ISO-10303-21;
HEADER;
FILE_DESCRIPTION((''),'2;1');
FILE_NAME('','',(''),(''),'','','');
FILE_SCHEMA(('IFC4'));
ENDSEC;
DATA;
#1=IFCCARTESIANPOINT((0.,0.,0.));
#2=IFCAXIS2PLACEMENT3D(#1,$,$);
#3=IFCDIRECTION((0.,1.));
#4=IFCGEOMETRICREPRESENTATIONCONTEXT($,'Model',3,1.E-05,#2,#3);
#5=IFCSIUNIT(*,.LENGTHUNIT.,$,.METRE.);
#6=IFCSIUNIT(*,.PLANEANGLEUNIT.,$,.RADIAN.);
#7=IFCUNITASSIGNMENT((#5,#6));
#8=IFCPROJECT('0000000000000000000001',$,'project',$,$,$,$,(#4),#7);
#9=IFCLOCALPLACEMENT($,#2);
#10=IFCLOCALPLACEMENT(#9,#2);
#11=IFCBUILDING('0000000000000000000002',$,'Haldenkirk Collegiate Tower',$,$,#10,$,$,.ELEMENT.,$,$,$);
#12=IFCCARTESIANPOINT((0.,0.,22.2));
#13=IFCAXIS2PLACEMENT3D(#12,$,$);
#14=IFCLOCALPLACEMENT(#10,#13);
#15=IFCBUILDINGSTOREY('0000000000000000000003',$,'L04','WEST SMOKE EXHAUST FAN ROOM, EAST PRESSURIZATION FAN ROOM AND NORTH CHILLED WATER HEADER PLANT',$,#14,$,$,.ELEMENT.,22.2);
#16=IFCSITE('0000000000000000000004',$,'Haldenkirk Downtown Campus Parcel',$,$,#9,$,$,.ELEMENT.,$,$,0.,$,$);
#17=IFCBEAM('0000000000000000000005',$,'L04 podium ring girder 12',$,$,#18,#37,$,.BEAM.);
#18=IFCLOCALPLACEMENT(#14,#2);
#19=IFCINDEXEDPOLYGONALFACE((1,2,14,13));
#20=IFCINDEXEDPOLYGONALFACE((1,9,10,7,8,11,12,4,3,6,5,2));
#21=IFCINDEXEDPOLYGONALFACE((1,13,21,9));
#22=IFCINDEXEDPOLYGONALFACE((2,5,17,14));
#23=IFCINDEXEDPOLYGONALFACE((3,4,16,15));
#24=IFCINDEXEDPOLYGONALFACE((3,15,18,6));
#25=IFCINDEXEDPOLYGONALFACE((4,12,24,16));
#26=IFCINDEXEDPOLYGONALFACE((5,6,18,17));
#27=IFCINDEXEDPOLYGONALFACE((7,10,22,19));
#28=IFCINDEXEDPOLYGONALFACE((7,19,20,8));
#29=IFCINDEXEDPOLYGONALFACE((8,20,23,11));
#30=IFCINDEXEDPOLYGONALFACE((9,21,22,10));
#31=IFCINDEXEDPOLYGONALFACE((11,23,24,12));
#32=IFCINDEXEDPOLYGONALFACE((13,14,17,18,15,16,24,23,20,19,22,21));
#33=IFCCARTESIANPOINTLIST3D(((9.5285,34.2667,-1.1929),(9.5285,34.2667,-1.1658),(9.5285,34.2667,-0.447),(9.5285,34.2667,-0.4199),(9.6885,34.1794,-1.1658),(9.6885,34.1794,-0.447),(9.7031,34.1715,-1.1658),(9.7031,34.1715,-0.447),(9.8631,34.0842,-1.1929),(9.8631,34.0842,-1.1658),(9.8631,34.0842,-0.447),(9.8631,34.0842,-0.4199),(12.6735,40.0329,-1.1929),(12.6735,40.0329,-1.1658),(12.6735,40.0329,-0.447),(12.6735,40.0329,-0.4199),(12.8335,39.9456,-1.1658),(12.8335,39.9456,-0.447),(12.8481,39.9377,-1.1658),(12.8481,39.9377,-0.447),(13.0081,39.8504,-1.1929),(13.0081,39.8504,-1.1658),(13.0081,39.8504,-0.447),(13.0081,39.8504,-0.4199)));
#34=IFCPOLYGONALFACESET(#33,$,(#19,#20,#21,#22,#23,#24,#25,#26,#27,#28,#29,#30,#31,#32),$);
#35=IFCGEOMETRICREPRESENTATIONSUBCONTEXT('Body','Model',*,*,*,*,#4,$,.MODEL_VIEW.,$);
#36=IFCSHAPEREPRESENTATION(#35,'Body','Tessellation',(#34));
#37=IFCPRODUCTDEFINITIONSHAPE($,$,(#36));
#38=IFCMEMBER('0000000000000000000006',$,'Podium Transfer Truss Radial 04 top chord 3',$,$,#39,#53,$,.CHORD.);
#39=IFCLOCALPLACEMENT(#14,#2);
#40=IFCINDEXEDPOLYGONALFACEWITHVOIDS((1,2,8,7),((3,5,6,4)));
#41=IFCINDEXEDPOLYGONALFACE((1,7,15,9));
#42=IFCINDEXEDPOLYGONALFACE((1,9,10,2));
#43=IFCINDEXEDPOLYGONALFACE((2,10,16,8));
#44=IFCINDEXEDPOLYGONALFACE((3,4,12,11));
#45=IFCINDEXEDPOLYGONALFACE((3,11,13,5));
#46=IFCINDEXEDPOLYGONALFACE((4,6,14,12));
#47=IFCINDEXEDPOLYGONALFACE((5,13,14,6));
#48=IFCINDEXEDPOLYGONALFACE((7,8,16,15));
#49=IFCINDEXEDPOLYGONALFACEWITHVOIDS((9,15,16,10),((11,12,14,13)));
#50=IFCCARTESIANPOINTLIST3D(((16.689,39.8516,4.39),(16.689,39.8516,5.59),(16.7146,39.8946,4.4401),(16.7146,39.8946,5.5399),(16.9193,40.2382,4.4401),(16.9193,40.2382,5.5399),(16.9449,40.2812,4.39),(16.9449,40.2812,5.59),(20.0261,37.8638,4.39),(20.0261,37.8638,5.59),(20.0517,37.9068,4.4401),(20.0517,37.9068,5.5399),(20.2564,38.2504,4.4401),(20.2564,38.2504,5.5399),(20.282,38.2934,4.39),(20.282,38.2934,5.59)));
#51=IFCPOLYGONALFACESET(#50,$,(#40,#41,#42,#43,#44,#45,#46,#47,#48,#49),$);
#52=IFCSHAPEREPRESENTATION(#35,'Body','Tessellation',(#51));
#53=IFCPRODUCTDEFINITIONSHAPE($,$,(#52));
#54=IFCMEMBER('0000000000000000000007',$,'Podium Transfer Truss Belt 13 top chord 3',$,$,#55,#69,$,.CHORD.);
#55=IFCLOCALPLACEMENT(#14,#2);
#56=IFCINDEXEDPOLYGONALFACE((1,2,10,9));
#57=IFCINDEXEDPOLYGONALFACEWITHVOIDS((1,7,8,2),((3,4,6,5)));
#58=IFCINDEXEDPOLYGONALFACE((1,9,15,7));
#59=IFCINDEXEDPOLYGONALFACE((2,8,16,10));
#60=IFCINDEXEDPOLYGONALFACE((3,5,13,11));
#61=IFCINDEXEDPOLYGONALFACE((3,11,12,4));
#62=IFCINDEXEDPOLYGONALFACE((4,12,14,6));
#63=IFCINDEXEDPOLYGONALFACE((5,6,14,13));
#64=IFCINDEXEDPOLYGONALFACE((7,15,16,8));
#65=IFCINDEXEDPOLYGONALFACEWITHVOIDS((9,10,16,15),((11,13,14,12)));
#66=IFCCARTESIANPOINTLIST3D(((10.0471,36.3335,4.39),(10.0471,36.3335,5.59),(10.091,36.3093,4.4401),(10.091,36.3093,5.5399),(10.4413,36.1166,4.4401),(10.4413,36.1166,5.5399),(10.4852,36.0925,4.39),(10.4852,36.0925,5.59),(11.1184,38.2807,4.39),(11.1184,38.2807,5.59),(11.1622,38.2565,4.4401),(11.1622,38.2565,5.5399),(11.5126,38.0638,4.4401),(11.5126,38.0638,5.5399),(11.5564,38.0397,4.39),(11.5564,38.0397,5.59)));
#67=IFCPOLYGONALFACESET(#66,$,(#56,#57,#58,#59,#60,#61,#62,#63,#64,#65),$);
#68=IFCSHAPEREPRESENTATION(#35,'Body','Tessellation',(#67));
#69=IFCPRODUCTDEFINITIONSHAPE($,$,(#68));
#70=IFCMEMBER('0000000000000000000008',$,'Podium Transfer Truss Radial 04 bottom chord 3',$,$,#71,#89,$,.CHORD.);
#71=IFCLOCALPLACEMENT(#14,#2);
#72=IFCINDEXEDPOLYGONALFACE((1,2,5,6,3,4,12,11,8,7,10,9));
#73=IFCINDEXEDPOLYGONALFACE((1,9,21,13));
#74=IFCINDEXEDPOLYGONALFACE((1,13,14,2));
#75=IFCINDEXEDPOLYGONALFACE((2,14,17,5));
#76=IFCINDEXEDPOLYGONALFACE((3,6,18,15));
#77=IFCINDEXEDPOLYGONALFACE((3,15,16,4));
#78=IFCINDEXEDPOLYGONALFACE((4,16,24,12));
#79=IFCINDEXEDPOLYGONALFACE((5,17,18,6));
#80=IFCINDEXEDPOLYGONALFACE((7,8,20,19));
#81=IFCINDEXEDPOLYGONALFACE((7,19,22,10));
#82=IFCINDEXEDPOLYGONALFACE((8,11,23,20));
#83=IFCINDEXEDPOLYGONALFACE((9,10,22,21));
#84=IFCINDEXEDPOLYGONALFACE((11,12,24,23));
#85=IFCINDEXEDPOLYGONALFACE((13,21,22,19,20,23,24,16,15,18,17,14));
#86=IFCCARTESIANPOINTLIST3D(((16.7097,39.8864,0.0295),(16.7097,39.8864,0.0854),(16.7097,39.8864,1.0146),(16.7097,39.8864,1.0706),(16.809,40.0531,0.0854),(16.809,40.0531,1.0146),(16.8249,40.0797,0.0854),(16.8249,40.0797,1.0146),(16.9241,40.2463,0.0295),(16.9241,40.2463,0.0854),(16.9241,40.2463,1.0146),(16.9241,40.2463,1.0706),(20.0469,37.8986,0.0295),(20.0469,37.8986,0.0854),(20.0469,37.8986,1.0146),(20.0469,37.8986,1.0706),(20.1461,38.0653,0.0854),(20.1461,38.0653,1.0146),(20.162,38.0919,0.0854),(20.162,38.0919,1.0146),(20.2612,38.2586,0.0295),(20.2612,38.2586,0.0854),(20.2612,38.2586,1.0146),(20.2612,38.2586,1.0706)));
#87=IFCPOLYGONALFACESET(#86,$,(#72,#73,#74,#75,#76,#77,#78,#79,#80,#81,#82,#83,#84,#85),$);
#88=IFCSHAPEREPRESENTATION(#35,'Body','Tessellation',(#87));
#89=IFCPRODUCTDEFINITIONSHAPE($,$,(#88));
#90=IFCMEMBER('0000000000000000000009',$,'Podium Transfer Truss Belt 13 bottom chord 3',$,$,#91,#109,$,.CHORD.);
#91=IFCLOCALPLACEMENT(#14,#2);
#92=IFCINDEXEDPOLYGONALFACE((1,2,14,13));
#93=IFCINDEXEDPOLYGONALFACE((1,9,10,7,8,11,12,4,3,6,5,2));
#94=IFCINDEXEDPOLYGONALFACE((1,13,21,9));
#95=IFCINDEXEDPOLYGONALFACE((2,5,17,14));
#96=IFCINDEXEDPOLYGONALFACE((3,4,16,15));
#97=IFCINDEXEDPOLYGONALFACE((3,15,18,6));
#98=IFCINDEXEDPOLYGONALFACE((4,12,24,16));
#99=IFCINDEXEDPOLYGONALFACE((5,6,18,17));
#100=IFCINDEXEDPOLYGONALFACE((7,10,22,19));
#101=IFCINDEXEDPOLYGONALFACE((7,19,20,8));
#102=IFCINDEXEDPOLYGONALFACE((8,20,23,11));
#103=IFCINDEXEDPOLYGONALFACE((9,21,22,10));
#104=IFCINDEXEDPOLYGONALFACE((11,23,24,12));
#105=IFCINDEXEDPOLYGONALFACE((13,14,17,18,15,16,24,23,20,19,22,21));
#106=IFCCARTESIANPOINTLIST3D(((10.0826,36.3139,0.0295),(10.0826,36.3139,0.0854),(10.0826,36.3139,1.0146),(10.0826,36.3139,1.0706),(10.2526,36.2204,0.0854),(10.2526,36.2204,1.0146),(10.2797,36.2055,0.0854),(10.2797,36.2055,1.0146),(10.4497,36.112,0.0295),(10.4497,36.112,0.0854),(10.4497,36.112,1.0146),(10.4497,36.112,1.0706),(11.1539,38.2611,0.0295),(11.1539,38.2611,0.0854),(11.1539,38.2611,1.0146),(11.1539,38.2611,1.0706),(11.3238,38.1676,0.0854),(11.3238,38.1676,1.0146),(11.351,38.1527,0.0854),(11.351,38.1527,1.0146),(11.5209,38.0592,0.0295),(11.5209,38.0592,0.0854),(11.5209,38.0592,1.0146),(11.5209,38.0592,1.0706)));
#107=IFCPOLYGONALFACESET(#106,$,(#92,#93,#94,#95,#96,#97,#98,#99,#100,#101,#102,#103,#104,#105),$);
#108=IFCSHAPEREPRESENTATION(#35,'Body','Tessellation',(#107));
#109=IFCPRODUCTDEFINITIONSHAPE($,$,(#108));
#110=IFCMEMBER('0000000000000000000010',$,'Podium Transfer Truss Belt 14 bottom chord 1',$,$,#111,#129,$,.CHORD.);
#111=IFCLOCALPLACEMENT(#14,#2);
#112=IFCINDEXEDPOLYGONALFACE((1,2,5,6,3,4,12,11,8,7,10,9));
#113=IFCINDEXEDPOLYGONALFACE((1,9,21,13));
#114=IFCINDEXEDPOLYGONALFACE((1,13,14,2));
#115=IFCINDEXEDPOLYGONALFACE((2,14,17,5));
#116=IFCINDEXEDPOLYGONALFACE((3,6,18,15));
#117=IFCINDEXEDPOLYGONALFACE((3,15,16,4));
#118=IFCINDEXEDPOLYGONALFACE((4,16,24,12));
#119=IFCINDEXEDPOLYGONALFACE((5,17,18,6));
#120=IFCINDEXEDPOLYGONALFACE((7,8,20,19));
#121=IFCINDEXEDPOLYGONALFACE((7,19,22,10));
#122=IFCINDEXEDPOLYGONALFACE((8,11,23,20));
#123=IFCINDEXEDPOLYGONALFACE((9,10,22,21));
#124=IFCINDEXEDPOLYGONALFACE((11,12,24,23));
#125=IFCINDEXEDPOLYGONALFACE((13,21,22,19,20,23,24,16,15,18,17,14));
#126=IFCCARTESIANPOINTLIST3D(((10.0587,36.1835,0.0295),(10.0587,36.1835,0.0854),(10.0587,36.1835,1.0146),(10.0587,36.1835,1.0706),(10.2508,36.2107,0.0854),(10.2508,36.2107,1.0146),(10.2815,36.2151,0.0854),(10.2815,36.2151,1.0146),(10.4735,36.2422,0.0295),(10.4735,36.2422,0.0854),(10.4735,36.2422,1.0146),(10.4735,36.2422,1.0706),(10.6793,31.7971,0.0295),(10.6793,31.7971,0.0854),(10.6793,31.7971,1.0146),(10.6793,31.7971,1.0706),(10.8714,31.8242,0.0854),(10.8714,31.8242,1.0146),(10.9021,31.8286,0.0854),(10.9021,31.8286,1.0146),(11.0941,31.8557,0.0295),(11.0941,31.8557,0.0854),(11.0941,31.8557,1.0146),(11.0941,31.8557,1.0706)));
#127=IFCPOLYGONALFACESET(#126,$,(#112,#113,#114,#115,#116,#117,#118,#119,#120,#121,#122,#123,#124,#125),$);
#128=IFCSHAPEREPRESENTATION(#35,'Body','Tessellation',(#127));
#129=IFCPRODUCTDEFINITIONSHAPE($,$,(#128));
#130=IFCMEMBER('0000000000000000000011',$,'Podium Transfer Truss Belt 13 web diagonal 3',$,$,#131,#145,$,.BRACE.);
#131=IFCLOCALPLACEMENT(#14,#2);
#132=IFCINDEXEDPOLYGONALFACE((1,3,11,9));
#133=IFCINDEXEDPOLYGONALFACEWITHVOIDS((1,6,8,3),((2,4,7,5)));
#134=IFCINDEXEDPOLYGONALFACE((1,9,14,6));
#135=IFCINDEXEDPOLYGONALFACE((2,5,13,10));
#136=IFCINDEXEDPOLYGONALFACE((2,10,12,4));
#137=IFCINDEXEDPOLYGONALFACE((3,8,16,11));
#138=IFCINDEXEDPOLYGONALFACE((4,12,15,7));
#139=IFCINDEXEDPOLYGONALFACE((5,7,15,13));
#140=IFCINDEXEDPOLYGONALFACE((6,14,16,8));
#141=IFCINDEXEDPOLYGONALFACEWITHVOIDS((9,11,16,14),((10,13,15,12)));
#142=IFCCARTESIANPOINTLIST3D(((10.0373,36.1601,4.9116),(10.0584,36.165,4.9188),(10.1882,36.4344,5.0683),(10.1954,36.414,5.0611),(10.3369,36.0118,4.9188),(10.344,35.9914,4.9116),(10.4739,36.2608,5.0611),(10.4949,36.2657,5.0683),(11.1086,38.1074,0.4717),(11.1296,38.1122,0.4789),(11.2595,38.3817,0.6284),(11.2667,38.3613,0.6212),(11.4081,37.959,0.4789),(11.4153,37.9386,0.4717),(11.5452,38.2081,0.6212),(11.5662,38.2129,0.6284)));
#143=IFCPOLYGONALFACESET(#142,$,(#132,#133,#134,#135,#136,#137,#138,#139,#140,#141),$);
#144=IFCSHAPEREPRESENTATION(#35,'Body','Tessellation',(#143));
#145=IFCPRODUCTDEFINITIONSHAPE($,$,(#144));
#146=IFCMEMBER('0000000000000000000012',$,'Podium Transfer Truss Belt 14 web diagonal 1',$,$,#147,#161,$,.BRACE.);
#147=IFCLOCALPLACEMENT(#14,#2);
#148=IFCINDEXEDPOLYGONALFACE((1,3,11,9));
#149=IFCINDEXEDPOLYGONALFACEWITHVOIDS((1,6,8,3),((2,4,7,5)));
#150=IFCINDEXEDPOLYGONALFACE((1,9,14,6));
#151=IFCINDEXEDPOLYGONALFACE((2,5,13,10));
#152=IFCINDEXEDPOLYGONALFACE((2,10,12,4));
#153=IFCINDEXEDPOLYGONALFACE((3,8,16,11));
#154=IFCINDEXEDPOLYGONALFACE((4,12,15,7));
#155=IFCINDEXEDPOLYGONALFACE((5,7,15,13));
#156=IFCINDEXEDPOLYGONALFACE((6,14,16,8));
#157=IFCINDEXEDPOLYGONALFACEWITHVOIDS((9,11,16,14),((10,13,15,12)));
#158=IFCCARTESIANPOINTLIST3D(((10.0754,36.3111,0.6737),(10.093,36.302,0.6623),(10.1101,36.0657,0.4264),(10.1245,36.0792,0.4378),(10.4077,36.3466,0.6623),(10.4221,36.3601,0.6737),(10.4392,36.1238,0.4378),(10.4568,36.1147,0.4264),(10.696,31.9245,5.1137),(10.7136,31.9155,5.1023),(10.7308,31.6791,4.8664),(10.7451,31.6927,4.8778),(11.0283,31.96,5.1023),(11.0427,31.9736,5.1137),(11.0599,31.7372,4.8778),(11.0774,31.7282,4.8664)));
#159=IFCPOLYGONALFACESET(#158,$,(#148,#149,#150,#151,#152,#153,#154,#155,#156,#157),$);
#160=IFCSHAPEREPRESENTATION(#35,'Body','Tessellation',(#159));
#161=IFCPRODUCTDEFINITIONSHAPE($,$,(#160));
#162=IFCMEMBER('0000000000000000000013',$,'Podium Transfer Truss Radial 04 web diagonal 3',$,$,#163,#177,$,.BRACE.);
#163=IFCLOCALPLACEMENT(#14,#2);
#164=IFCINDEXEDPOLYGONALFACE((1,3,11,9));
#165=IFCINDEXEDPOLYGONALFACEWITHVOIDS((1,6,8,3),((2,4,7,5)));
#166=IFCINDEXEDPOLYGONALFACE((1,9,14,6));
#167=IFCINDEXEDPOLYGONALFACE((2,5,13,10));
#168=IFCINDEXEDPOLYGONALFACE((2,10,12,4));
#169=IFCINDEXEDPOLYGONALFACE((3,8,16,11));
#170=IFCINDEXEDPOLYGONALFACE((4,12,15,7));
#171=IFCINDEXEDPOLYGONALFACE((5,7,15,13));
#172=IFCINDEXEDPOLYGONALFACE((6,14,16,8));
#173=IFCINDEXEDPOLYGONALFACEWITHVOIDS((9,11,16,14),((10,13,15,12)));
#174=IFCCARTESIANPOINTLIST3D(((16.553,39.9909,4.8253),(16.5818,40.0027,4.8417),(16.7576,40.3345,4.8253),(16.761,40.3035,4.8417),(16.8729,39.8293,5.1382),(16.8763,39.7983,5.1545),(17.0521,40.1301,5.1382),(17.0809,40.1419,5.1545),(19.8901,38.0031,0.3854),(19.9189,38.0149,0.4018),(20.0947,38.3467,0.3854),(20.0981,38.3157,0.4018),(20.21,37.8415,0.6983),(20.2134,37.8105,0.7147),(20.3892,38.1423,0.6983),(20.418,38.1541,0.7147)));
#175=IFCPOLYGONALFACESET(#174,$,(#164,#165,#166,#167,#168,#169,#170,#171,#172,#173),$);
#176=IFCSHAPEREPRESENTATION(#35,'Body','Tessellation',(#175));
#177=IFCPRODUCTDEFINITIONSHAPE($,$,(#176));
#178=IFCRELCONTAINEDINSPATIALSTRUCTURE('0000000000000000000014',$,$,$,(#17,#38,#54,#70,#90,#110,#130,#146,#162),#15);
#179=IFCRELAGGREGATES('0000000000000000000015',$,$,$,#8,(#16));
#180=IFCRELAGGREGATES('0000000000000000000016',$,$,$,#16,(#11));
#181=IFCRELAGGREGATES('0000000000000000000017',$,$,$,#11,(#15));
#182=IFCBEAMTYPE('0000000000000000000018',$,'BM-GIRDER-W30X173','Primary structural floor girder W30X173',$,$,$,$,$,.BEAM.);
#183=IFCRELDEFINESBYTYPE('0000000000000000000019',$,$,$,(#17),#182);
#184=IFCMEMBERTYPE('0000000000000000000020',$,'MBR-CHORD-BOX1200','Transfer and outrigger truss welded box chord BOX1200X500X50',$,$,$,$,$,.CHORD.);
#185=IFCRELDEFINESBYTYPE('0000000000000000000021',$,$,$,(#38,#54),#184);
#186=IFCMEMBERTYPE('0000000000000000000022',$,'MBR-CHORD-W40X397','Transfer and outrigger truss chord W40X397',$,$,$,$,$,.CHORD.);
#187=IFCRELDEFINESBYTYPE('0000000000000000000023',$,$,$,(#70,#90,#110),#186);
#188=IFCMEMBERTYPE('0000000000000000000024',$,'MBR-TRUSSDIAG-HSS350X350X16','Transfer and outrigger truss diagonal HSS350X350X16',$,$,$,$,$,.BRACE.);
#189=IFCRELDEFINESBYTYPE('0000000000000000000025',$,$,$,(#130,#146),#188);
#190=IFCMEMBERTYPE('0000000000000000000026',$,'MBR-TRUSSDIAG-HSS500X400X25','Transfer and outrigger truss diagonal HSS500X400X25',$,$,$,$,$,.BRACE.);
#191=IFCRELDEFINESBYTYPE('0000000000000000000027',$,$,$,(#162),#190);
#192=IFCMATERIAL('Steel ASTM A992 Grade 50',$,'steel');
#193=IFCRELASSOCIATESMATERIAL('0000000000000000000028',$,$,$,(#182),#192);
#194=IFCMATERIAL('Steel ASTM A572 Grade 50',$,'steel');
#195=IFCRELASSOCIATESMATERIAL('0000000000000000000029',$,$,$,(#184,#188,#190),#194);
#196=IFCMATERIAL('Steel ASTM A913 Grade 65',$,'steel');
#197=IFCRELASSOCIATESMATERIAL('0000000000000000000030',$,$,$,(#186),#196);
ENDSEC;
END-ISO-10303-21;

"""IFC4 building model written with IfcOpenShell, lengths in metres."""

from ifc_helpers import new_model, si_unit, direction, frame, origin, origin_2d, place, context, subcontext, project, spatial, hollow_rectangle, i_section, extrude, material, material_profile, profile_set, type_object, element, save


model = new_model("IFC4")

# Units and contexts
model_context = context("Model", 3, precision=1e-05, world=origin(), true_north=direction((0.0, 1.0)))
body_context = subcontext(model_context, "Body", "Model", "MODEL_VIEW")
ifc_project = project(units=[si_unit("LENGTHUNIT", "METRE"), si_unit("PLANEANGLEUNIT", "RADIAN")], contexts=[model_context])

# Site, building, storey
site_placement = place(None, origin())
site = spatial("IfcSite", under=ifc_project, at=site_placement, Name="Haldenkirk Downtown Campus Parcel", CompositionType="ELEMENT", RefElevation=0.0)
building_placement = place(site_placement, origin())
building = spatial("IfcBuilding", under=site, at=building_placement, Name="Haldenkirk Collegiate Tower", CompositionType="ELEMENT")
storey_placement = place(building_placement, frame((0.0, 0.0, 22.2)))
storey = spatial("IfcBuildingStorey", under=building, at=storey_placement, Name="L04", Description="WEST SMOKE EXHAUST FAN ROOM, EAST PRESSURIZATION FAN ROOM AND NORTH CHILLED WATER HEADER PLANT", CompositionType="ELEMENT", Elevation=22.2)

# Beam
ifc_material_1 = material(Name="Steel ASTM A992 Grade 50", Category="steel")
ifc_material_profile_1 = material_profile(ifc_material_1, i_section(OverallWidth=0.3811, OverallDepth=0.7729, WebThickness=0.0166, FlangeThickness=0.0271, at=origin_2d()), Name="W30X173")
ifc_profile_set_1 = profile_set([ifc_material_profile_1], Name="Steel ASTM A992 Grade 50")
beam_type = type_object("IfcBeamType", Name="BM-GIRDER-W30X173", Description="Primary structural floor girder W30X173", PredefinedType="BEAM", material=ifc_profile_set_1)
beam_placement = place(storey_placement, frame((12.8408, 39.9417, -0.8064), z_axis=(-0.478837, -0.877904, 0.0), x_axis=(0.877904, -0.478837, 0.0)))
element("IfcBeam", 1, at=beam_placement, inside=storey, type_object=beam_type, Name="L04 podium ring girder 12", PredefinedType="BEAM", context=body_context, shape_type="SweptSolid", body=[
    extrude(i_section(OverallWidth=0.3811, OverallDepth=0.7729, WebThickness=0.0166, FlangeThickness=0.0271, at=origin_2d()), origin(), (0.0, 0.0, 1.0), 6.5681),
])

# Members
ifc_material_2 = material(Name="Steel ASTM A572 Grade 50", Category="steel")
ifc_material_profile_2 = material_profile(ifc_material_2, hollow_rectangle(XDim=0.5, YDim=1.2, WallThickness=0.05, at=origin_2d()), Name="BOX1200X500X50")
ifc_profile_set_2 = profile_set([ifc_material_profile_2], Name="Steel ASTM A572 Grade 50")
member_type_1 = type_object("IfcMemberType", Name="MBR-CHORD-BOX1200", Description="Transfer and outrigger truss welded box chord BOX1200X500X50", PredefinedType="CHORD", material=ifc_profile_set_2)
member_1_placement = place(storey_placement, frame((20.1541, 38.0786, 4.99), z_axis=(-0.859136, 0.511748, 0.0), x_axis=(-0.511748, -0.859136, 0.0)))
element("IfcMember", 2, at=member_1_placement, inside=storey, type_object=member_type_1, Name="Podium Transfer Truss Radial 04 top chord 3", PredefinedType="CHORD", context=body_context, shape_type="SweptSolid", body=[
    extrude(hollow_rectangle(XDim=0.5, YDim=1.2, WallThickness=0.05, at=origin_2d()), origin(), (0.0, 0.0, 1.0), 3.8843),
])
member_2_placement = place(storey_placement, frame((11.3374, 38.1602, 4.99), z_axis=(-0.48202, -0.87616, 0.0), x_axis=(0.87616, -0.48202, 0.0)))
element("IfcMember", 3, at=member_2_placement, inside=storey, type_object=member_type_1, Name="Podium Transfer Truss Belt 13 top chord 3", PredefinedType="CHORD", context=body_context, shape_type="SweptSolid", body=[
    extrude(hollow_rectangle(XDim=0.5, YDim=1.2, WallThickness=0.05, at=origin_2d()), origin(), (0.0, 0.0, 1.0), 2.2224),
])
ifc_material_3 = material(Name="Steel ASTM A913 Grade 65", Category="steel")
ifc_material_profile_3 = material_profile(ifc_material_3, i_section(OverallWidth=0.4189, OverallDepth=1.041, WebThickness=0.031, FlangeThickness=0.0559, at=origin_2d()), Name="W40X397")
ifc_profile_set_3 = profile_set([ifc_material_profile_3], Name="Steel ASTM A913 Grade 65")
member_type_2 = type_object("IfcMemberType", Name="MBR-CHORD-W40X397", Description="Transfer and outrigger truss chord W40X397", PredefinedType="CHORD", material=ifc_profile_set_3)
member_3_placement = place(storey_placement, frame((20.1541, 38.0786, 0.55), z_axis=(-0.859136, 0.511748, 0.0), x_axis=(-0.511748, -0.859136, 0.0)))
element("IfcMember", 4, at=member_3_placement, inside=storey, type_object=member_type_2, Name="Podium Transfer Truss Radial 04 bottom chord 3", PredefinedType="CHORD", context=body_context, shape_type="SweptSolid", body=[
    extrude(i_section(OverallWidth=0.4189, OverallDepth=1.041, WebThickness=0.031, FlangeThickness=0.0559, at=origin_2d()), origin(), (0.0, 0.0, 1.0), 3.8843),
])
member_4_placement = place(storey_placement, frame((11.3374, 38.1602, 0.55), z_axis=(-0.48202, -0.87616, 0.0), x_axis=(0.87616, -0.48202, 0.0)))
element("IfcMember", 5, at=member_4_placement, inside=storey, type_object=member_type_2, Name="Podium Transfer Truss Belt 13 bottom chord 3", PredefinedType="CHORD", context=body_context, shape_type="SweptSolid", body=[
    extrude(i_section(OverallWidth=0.4189, OverallDepth=1.041, WebThickness=0.031, FlangeThickness=0.0559, at=origin_2d()), origin(), (0.0, 0.0, 1.0), 2.2224),
])
member_5_placement = place(storey_placement, frame((10.2661, 36.2129, 0.55), z_axis=(0.140086, -0.990139, 0.0), x_axis=(0.990139, 0.140086, 0.0)))
element("IfcMember", 6, at=member_5_placement, inside=storey, type_object=member_type_2, Name="Podium Transfer Truss Belt 14 bottom chord 1", PredefinedType="CHORD", context=body_context, shape_type="SweptSolid", body=[
    extrude(i_section(OverallWidth=0.4189, OverallDepth=1.041, WebThickness=0.031, FlangeThickness=0.0559, at=origin_2d()), origin(), (0.0, 0.0, 1.0), 4.4302),
])
ifc_material_profile_4 = material_profile(ifc_material_2, hollow_rectangle(XDim=0.3501, YDim=0.3501, WallThickness=0.0161, at=origin_2d()), Name="HSS350X350X16")
ifc_profile_set_4 = profile_set([ifc_material_profile_4], Name="Steel ASTM A572 Grade 50")
member_type_3 = type_object("IfcMemberType", Name="MBR-TRUSSDIAG-HSS350X350X16", Description="Transfer and outrigger truss diagonal HSS350X350X16", PredefinedType="BRACE", material=ifc_profile_set_4)
member_6_placement = place(storey_placement, frame((11.3374, 38.1602, 0.55), z_axis=(-0.215762, -0.392188, 0.894223), x_axis=(0.87616, -0.48202, 0.0)))
element("IfcMember", 7, at=member_6_placement, inside=storey, type_object=member_type_3, Name="Podium Transfer Truss Belt 13 web diagonal 3", PredefinedType="BRACE", context=body_context, shape_type="SweptSolid", body=[
    extrude(hollow_rectangle(XDim=0.3501, YDim=0.3501, WallThickness=0.0161, at=origin_2d()), origin(), (0.0, 0.0, 1.0), 4.9651),
])
member_7_placement = place(storey_placement, frame((10.2661, 36.2129, 0.55), z_axis=(0.098947, -0.699362, 0.707886), x_axis=(0.990139, 0.140086, 0.0)))
element("IfcMember", 8, at=member_7_placement, inside=storey, type_object=member_type_3, Name="Podium Transfer Truss Belt 14 web diagonal 1", PredefinedType="BRACE", context=body_context, shape_type="SweptSolid", body=[
    extrude(hollow_rectangle(XDim=0.3501, YDim=0.3501, WallThickness=0.0161, at=origin_2d()), origin(), (0.0, 0.0, 1.0), 6.2722),
])
ifc_material_profile_5 = material_profile(ifc_material_2, hollow_rectangle(XDim=0.3999, YDim=0.5, WallThickness=0.0249, at=origin_2d()), Name="HSS500X400X25")
ifc_profile_set_5 = profile_set([ifc_material_profile_5], Name="Steel ASTM A572 Grade 50")
member_type_4 = type_object("IfcMemberType", Name="MBR-TRUSSDIAG-HSS500X400X25", Description="Transfer and outrigger truss diagonal HSS500X400X25", PredefinedType="BRACE", material=ifc_profile_set_5)
member_8_placement = place(storey_placement, frame((20.1541, 38.0786, 0.55), z_axis=(-0.565693, 0.336958, 0.752629), x_axis=(-0.511748, -0.859136, 0.0)))
element("IfcMember", 9, at=member_8_placement, inside=storey, type_object=member_type_4, Name="Podium Transfer Truss Radial 04 web diagonal 3", PredefinedType="BRACE", context=body_context, shape_type="SweptSolid", body=[
    extrude(hollow_rectangle(XDim=0.3999, YDim=0.5, WallThickness=0.0249, at=origin_2d()), origin(), (0.0, 0.0, 1.0), 5.8992),
])

save(model, "model.ifc")
